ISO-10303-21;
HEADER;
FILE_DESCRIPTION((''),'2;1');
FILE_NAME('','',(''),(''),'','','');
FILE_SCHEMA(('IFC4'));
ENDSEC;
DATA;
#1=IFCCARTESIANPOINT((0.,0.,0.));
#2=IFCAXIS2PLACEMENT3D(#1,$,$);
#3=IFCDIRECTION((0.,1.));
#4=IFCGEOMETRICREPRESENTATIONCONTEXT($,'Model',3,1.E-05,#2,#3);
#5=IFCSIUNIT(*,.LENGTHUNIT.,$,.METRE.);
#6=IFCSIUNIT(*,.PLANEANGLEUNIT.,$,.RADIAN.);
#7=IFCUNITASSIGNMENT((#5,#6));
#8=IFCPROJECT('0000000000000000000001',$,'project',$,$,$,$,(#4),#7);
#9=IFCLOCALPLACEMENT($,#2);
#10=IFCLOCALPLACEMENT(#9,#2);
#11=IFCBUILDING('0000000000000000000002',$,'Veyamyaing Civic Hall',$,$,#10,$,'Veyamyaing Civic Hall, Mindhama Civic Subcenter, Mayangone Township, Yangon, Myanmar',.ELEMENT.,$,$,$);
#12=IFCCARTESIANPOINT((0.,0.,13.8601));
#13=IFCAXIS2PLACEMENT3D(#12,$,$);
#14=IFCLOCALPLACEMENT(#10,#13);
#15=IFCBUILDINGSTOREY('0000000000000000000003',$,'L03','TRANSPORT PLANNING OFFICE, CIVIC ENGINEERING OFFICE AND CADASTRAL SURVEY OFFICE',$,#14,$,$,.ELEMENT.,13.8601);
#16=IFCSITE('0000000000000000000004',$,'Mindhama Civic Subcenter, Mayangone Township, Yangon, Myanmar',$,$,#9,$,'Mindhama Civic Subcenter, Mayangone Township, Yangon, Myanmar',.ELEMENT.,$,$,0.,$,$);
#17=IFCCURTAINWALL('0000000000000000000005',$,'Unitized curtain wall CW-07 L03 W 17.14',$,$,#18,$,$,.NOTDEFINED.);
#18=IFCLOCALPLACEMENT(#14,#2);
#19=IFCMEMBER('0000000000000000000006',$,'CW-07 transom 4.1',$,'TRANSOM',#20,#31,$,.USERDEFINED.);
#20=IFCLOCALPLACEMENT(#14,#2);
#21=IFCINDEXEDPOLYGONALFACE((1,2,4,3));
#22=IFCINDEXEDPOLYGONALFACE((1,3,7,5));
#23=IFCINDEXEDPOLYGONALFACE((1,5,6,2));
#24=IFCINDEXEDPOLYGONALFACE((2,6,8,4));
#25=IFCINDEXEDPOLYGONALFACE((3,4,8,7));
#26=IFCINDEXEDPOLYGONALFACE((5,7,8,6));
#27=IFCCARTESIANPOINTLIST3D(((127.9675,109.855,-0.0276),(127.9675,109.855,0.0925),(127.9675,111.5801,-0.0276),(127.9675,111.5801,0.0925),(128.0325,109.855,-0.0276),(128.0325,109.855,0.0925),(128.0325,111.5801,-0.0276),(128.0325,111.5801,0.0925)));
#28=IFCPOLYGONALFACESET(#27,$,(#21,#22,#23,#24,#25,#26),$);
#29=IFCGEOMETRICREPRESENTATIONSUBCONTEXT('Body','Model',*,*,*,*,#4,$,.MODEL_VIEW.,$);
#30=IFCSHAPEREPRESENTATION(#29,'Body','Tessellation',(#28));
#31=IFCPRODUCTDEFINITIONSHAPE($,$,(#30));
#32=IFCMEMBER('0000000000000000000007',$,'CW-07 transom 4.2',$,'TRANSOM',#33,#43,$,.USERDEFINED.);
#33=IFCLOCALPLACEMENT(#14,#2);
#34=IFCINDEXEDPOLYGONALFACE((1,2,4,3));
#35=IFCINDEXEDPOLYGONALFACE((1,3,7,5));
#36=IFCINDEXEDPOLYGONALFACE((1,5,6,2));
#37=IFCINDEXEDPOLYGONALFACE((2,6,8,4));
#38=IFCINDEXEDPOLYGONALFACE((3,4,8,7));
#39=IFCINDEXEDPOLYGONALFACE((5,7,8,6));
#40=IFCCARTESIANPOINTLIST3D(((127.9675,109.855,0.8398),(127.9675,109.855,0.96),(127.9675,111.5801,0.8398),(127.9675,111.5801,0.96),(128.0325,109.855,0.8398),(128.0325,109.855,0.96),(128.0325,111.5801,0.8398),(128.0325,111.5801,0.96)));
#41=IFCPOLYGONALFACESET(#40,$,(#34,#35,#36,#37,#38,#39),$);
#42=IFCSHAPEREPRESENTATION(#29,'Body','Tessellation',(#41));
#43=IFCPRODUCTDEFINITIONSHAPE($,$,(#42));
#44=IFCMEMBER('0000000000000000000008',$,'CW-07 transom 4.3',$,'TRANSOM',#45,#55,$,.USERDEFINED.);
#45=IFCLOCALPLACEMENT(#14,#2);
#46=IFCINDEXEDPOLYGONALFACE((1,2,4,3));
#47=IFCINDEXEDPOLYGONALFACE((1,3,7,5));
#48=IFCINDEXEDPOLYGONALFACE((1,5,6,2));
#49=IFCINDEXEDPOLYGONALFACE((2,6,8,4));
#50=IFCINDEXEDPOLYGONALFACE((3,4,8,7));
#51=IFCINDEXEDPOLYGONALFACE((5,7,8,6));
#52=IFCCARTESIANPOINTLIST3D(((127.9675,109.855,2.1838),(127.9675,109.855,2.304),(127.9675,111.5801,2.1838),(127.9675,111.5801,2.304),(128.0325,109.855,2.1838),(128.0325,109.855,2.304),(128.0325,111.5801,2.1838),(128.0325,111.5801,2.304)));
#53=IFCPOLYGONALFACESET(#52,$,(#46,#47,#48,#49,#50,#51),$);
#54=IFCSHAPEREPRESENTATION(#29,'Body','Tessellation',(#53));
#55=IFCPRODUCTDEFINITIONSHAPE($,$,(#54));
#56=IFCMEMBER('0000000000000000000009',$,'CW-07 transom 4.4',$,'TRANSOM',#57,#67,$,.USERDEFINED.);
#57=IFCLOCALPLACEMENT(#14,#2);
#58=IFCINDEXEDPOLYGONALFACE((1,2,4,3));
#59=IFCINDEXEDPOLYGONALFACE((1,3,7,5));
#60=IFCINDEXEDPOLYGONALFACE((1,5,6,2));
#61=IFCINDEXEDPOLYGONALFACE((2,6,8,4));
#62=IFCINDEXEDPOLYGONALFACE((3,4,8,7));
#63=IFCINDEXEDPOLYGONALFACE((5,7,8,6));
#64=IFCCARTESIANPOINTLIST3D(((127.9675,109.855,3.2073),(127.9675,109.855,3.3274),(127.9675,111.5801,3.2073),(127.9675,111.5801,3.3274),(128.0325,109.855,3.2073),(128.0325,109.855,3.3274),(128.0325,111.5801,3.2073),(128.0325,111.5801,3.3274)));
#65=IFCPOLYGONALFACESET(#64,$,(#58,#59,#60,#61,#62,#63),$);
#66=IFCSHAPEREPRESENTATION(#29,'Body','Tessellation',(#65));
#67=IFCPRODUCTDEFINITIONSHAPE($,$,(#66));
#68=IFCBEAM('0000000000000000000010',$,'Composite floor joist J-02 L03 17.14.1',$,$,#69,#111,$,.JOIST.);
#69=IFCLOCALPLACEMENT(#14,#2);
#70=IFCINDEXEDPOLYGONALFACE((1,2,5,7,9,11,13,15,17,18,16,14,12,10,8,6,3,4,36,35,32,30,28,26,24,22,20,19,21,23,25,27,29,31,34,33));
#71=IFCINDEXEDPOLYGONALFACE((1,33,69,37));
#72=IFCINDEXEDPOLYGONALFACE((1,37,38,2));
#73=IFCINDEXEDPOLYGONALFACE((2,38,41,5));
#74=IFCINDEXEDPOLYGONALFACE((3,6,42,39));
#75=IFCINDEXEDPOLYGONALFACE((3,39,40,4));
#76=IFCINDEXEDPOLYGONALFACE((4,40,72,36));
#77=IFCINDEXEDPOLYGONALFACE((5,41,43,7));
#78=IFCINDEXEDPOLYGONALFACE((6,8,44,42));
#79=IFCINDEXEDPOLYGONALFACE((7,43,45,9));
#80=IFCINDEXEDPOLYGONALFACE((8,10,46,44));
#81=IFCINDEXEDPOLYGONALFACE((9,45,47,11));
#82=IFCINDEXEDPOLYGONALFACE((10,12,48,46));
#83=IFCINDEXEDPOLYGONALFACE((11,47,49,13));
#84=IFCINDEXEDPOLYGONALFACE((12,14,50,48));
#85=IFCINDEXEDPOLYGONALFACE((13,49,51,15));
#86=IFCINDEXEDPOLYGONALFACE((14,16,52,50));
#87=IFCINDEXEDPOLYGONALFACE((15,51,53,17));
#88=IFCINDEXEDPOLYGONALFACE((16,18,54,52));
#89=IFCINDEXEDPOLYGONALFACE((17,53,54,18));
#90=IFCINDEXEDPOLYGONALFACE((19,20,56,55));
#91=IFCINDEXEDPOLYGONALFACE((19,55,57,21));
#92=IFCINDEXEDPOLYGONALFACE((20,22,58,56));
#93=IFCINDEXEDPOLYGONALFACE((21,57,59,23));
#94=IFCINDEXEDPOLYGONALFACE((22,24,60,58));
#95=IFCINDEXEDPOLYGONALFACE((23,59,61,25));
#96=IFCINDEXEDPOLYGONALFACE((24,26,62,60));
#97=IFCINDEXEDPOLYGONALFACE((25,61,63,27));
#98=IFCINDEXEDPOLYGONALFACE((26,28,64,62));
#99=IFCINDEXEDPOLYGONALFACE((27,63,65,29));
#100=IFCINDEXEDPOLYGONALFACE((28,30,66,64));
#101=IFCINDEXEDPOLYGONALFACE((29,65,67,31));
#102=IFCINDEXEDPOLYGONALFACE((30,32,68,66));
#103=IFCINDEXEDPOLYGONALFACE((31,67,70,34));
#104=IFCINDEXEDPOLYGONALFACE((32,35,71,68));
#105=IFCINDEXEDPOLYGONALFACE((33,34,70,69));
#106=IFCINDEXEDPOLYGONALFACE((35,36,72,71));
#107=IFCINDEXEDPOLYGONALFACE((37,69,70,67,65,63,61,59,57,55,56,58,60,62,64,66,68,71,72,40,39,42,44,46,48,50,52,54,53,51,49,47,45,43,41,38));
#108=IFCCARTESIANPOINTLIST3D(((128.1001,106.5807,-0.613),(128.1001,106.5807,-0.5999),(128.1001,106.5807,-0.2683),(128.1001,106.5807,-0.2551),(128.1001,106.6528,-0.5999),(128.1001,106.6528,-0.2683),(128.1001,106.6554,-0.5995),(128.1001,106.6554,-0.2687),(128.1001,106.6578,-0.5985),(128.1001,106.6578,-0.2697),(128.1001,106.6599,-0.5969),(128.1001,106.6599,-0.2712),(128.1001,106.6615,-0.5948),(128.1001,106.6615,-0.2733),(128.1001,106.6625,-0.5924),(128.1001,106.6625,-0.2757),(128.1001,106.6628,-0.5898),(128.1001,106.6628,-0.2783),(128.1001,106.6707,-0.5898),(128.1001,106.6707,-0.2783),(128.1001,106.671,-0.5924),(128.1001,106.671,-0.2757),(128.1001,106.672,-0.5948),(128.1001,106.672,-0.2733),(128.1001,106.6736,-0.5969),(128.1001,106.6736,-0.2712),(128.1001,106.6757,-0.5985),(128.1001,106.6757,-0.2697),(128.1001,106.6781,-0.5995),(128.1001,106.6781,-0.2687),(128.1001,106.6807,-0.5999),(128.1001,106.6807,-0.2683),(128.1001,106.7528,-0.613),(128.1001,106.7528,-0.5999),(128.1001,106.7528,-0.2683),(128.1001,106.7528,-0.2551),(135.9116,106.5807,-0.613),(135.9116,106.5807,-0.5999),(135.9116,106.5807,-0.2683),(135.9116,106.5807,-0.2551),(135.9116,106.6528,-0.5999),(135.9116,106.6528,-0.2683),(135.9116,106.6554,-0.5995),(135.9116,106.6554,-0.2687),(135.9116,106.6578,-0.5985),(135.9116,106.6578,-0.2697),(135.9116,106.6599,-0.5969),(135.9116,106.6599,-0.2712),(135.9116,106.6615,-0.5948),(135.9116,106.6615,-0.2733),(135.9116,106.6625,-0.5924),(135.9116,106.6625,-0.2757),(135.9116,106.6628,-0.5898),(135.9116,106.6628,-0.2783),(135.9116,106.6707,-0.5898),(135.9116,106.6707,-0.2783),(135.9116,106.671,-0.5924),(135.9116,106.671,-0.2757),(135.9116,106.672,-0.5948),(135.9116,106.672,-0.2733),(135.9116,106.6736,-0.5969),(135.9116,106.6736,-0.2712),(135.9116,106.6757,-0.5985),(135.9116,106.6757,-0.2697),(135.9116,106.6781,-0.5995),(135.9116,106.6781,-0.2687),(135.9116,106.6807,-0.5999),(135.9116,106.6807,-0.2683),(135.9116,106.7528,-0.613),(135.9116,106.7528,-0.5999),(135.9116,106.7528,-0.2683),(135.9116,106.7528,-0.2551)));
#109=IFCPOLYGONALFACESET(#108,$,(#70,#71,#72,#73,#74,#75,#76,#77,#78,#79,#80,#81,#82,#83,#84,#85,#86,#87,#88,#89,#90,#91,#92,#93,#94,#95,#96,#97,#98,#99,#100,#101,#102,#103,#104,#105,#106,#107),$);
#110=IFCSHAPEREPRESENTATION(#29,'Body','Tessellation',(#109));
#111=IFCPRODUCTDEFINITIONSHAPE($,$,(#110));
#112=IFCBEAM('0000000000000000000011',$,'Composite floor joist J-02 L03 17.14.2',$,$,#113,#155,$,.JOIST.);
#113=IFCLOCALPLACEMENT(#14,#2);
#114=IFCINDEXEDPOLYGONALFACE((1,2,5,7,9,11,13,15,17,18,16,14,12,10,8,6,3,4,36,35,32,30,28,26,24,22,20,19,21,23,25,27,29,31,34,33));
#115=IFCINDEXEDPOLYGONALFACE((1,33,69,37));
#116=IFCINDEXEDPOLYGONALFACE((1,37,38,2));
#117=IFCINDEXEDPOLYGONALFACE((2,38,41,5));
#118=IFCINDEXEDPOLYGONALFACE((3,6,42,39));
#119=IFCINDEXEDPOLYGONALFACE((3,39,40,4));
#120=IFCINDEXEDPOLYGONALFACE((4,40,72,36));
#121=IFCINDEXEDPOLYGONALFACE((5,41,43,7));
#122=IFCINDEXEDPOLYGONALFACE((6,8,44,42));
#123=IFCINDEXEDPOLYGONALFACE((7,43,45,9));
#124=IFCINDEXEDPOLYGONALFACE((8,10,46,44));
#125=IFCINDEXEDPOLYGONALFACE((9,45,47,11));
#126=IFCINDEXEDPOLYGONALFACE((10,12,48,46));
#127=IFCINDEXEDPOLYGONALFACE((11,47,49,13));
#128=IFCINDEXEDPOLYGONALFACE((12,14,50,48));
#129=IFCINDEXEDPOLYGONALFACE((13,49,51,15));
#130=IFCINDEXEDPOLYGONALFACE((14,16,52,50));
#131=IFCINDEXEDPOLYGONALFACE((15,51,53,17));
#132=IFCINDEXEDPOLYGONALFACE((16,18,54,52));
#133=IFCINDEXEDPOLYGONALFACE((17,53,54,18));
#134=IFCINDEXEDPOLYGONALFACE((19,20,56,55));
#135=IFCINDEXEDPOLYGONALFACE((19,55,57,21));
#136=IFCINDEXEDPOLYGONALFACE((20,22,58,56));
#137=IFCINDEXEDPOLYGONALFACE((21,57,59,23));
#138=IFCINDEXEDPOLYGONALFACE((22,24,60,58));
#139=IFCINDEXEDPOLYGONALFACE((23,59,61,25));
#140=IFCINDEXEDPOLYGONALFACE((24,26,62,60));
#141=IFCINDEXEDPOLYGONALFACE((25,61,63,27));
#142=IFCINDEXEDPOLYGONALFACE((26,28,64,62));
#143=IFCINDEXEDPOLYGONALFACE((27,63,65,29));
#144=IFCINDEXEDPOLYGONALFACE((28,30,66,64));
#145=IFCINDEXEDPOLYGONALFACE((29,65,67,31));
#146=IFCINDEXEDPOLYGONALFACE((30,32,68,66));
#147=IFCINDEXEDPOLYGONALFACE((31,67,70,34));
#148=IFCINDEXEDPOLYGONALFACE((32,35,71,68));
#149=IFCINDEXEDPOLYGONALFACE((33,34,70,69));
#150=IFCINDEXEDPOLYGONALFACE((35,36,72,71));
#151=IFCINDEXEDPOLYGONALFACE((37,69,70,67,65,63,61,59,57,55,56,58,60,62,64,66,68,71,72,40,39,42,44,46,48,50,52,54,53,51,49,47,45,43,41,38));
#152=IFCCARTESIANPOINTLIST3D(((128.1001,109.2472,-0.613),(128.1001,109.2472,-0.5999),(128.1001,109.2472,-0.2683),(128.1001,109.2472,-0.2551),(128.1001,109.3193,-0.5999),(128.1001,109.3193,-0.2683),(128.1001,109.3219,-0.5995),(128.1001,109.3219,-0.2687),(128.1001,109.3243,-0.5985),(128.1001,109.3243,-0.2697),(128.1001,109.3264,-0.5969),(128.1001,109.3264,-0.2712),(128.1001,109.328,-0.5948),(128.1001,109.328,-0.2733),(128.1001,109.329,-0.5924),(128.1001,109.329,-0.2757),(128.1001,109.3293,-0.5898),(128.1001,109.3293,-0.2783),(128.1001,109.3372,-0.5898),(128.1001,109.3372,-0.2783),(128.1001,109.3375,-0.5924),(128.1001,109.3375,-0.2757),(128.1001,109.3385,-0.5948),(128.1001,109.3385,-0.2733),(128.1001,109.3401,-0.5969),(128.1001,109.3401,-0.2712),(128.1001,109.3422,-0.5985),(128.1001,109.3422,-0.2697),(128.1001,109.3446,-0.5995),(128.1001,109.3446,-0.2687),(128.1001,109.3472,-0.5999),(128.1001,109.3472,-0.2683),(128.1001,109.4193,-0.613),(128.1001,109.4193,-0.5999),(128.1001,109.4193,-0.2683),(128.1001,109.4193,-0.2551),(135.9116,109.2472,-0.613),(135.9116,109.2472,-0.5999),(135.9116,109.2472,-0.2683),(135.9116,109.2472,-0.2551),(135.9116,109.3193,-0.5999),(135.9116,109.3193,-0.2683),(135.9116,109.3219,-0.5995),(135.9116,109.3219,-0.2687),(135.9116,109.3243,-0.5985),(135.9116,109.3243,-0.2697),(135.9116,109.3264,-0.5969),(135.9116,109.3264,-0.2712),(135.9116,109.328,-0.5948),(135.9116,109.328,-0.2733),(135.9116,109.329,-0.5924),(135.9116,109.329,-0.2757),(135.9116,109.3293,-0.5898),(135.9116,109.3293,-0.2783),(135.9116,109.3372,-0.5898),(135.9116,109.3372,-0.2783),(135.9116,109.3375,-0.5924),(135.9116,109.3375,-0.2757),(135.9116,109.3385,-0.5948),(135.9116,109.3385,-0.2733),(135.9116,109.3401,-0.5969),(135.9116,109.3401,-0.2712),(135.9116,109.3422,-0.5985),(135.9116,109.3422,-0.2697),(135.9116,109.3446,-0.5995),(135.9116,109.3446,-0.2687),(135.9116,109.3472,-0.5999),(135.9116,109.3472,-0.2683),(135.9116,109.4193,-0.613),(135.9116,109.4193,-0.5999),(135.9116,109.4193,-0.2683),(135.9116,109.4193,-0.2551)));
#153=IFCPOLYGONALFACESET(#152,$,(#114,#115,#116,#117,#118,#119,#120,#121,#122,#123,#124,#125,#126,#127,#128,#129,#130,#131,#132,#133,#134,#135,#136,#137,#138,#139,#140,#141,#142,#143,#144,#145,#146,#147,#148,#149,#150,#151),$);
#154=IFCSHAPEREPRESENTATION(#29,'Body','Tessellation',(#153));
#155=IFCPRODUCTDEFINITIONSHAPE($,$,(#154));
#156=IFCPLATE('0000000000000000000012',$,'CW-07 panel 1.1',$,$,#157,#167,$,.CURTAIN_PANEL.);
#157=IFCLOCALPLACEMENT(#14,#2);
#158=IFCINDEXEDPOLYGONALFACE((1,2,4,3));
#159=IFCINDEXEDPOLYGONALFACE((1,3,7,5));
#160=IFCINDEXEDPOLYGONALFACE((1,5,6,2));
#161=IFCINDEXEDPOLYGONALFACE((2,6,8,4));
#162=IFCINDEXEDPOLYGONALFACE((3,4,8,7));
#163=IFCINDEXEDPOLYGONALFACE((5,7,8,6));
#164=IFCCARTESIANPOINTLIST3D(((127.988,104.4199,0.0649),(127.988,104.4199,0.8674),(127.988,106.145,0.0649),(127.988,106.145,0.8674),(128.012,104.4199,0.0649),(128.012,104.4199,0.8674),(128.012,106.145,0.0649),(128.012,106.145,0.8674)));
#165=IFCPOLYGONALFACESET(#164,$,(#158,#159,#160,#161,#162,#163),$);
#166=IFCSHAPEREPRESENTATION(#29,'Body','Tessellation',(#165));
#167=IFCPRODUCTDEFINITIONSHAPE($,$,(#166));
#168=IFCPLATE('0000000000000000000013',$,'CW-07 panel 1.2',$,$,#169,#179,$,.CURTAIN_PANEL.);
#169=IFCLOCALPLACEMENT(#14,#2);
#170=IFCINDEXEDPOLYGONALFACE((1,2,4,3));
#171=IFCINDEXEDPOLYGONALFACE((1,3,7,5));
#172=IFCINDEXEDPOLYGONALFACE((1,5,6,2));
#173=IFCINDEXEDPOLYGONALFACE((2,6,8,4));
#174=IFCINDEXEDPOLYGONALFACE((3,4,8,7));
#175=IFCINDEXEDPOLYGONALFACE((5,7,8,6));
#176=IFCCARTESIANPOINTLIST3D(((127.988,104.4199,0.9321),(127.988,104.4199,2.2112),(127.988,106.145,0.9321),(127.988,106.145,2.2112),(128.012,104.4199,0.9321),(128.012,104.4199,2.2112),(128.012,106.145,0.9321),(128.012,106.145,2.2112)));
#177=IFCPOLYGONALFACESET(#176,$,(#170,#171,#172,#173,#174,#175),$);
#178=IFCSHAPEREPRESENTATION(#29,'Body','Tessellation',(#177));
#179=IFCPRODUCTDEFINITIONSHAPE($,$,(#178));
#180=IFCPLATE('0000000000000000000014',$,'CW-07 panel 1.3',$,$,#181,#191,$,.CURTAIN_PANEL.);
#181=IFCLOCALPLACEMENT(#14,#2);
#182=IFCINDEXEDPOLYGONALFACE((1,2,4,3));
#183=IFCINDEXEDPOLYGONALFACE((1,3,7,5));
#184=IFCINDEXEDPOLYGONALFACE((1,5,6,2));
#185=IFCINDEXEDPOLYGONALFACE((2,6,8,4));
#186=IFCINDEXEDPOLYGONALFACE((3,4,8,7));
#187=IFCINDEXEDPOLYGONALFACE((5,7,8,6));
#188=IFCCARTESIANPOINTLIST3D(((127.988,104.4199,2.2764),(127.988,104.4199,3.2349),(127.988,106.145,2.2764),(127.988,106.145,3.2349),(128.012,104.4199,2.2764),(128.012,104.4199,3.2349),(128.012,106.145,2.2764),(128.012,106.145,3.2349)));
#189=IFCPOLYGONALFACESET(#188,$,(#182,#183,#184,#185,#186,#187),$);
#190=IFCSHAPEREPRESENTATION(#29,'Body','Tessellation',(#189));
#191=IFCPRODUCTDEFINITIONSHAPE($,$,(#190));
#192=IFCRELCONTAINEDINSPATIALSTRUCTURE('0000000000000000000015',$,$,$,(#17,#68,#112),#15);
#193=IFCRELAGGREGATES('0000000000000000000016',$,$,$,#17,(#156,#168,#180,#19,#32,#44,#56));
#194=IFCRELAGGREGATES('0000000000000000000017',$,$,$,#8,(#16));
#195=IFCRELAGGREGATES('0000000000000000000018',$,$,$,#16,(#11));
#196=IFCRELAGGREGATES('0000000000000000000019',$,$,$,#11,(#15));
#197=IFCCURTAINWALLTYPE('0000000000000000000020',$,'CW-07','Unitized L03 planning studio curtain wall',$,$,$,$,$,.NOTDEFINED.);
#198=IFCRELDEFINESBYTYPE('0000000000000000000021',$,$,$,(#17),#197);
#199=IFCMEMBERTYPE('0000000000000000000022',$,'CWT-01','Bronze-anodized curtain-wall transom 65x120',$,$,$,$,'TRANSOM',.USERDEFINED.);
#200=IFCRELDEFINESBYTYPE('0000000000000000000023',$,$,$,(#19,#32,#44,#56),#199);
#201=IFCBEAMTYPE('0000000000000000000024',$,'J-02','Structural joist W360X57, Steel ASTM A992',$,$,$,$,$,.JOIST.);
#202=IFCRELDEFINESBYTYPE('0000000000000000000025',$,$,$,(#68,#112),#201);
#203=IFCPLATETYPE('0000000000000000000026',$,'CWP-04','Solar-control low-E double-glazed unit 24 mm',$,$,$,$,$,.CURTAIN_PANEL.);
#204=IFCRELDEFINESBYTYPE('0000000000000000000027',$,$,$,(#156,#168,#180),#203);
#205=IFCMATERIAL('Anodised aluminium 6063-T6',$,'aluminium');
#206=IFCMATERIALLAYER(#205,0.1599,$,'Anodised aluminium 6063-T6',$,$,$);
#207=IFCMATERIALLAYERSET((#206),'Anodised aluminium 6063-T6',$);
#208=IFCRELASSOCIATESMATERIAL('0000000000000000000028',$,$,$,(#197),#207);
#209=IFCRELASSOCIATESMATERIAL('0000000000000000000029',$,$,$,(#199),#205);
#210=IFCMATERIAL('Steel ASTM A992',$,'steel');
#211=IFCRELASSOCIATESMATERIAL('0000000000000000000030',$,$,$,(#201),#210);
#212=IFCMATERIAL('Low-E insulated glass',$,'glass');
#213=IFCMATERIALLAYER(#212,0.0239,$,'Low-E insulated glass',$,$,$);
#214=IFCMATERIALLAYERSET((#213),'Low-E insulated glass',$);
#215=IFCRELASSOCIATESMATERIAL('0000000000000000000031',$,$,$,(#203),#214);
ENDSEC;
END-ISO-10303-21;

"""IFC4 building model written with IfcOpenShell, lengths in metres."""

from ifc_helpers import new_model, si_unit, direction, frame, origin, origin_2d, place, context, subcontext, project, spatial, rectangle, i_section, extrude, material, layer, layer_set, material_profile, profile_set, type_object, element, aggregate, save


model = new_model("IFC4")

# Units and contexts
model_context = context("Model", 3, precision=1e-05, world=origin(), true_north=direction((0.0, 1.0)))
body_context = subcontext(model_context, "Body", "Model", "MODEL_VIEW")
ifc_project = project(units=[si_unit("LENGTHUNIT", "METRE"), si_unit("PLANEANGLEUNIT", "RADIAN")], contexts=[model_context])

# Site, building, storey
site_placement = place(None, origin())
site = spatial("IfcSite", under=ifc_project, at=site_placement, Name="Mindhama Civic Subcenter, Mayangone Township, Yangon, Myanmar", LongName="Mindhama Civic Subcenter, Mayangone Township, Yangon, Myanmar", CompositionType="ELEMENT", RefElevation=0.0)
building_placement = place(site_placement, origin())
building = spatial("IfcBuilding", under=site, at=building_placement, Name="Veyamyaing Civic Hall", LongName="Veyamyaing Civic Hall, Mindhama Civic Subcenter, Mayangone Township, Yangon, Myanmar", CompositionType="ELEMENT")
storey_placement = place(building_placement, frame((0.0, 0.0, 13.8601)))
storey = spatial("IfcBuildingStorey", under=building, at=storey_placement, Name="L03", Description="TRANSPORT PLANNING OFFICE, CIVIC ENGINEERING OFFICE AND CADASTRAL SURVEY OFFICE", CompositionType="ELEMENT", Elevation=13.8601)

# Curtain wall, members
ifc_material_1 = material(Name="Anodised aluminium 6063-T6", Category="aluminium")
ifc_layer_1 = layer(ifc_material_1, 0.1599, Name="Anodised aluminium 6063-T6")
ifc_layer_set_1 = layer_set([ifc_layer_1], Name="Anodised aluminium 6063-T6")
curtain_wall_type = type_object("IfcCurtainWallType", Name="CW-07", Description="Unitized L03 planning studio curtain wall", PredefinedType="NOTDEFINED", material=ifc_layer_set_1)
curtain_wall_placement = place(storey_placement, origin())
curtain_wall = element("IfcCurtainWall", 1, at=curtain_wall_placement, inside=storey, type_object=curtain_wall_type, Name="Unitized curtain wall CW-07 L03 W 17.14", PredefinedType="NOTDEFINED")
ifc_material_profile_1 = material_profile(ifc_material_1, rectangle(XDim=0.0649, YDim=0.1201, at=origin_2d()), Name="ALU-TRN-65X120")
ifc_profile_set_1 = profile_set([ifc_material_profile_1], Name="Anodised aluminium 6063-T6")
member_type_1 = type_object("IfcMemberType", Name="CWT-01", Description="Bronze-anodized curtain-wall transom 65x120", ElementType="TRANSOM", PredefinedType="USERDEFINED", material=ifc_profile_set_1)
member_1_placement = place(storey_placement, frame((128.0, 109.855, 0.0325), z_axis=(0.0, 1.0, 0.0), x_axis=(-1.0, 0.0, 0.0)))
member_1 = element("IfcMember", 2, at=member_1_placement, type_object=member_type_1, Name="CW-07 transom 4.1", ObjectType="TRANSOM", PredefinedType="USERDEFINED", context=body_context, shape_type="SweptSolid", body=[
    extrude(rectangle(XDim=0.0649, YDim=0.1201, at=origin_2d()), origin(), (0.0, 0.0, 1.0), 1.7251),
])
member_2_placement = place(storey_placement, frame((128.0, 109.855, 0.8999), z_axis=(0.0, 1.0, 0.0), x_axis=(-1.0, 0.0, 0.0)))
member_2 = element("IfcMember", 3, at=member_2_placement, type_object=member_type_1, Name="CW-07 transom 4.2", ObjectType="TRANSOM", PredefinedType="USERDEFINED", context=body_context, shape_type="SweptSolid", body=[
    extrude(rectangle(XDim=0.0649, YDim=0.1201, at=origin_2d()), origin(), (0.0, 0.0, 1.0), 1.7251),
])
member_3_placement = place(storey_placement, frame((128.0, 109.855, 2.2439), z_axis=(0.0, 1.0, 0.0), x_axis=(-1.0, 0.0, 0.0)))
member_3 = element("IfcMember", 4, at=member_3_placement, type_object=member_type_1, Name="CW-07 transom 4.3", ObjectType="TRANSOM", PredefinedType="USERDEFINED", context=body_context, shape_type="SweptSolid", body=[
    extrude(rectangle(XDim=0.0649, YDim=0.1201, at=origin_2d()), origin(), (0.0, 0.0, 1.0), 1.7251),
])
member_4_placement = place(storey_placement, frame((128.0, 109.855, 3.2673), z_axis=(0.0, 1.0, 0.0), x_axis=(-1.0, 0.0, 0.0)))
member_4 = element("IfcMember", 5, at=member_4_placement, type_object=member_type_1, Name="CW-07 transom 4.4", ObjectType="TRANSOM", PredefinedType="USERDEFINED", context=body_context, shape_type="SweptSolid", body=[
    extrude(rectangle(XDim=0.0649, YDim=0.1201, at=origin_2d()), origin(), (0.0, 0.0, 1.0), 1.7251),
])

# Beams
ifc_material_2 = material(Name="Steel ASTM A992", Category="steel")
ifc_material_profile_2 = material_profile(ifc_material_2, i_section(OverallWidth=0.1721, OverallDepth=0.3579, WebThickness=0.0078, FlangeThickness=0.0132, FilletRadius=0.01, at=origin_2d()), Name="W360X57")
ifc_profile_set_2 = profile_set([ifc_material_profile_2], Name="Steel ASTM A992")
beam_type = type_object("IfcBeamType", Name="J-02", Description="Structural joist W360X57, Steel ASTM A992", PredefinedType="JOIST", material=ifc_profile_set_2)
for number, where, z_axis, x_axis, name in (
    (6, (128.1001, 106.6667, -0.4341), (1.0, 0.0, 0.0), (0.0, 1.0, 0.0), "Composite floor joist J-02 L03 17.14.1"),
    (7, (128.1001, 109.3333, -0.4341), (1.0, 0.0, 0.0), (0.0, 1.0, 0.0), "Composite floor joist J-02 L03 17.14.2"),
):
    element("IfcBeam", number, at=place(storey_placement, frame(where, z_axis=z_axis, x_axis=x_axis)), inside=storey, type_object=beam_type, Name=name, PredefinedType="JOIST", context=body_context, shape_type="SweptSolid", body=[
        extrude(i_section(OverallWidth=0.1721, OverallDepth=0.3579, WebThickness=0.0078, FlangeThickness=0.0132, FilletRadius=0.01, at=origin_2d()), origin(), (0.0, 0.0, 1.0), 7.8115),
    ])

# Plates
ifc_material_3 = material(Name="Low-E insulated glass", Category="glass")
ifc_layer_2 = layer(ifc_material_3, 0.0239, Name="Low-E insulated glass")
ifc_layer_set_2 = layer_set([ifc_layer_2], Name="Low-E insulated glass")
plate_type = type_object("IfcPlateType", Name="CWP-04", Description="Solar-control low-E double-glazed unit 24 mm", PredefinedType="CURTAIN_PANEL", material=ifc_layer_set_2)
plate_1_placement = place(storey_placement, frame((128.0, 105.2825, 0.0649), z_axis=(0.0, 0.0, 1.0), x_axis=(0.0, 1.0, 0.0)))
plate_1 = element("IfcPlate", 8, at=plate_1_placement, type_object=plate_type, Name="CW-07 panel 1.1", PredefinedType="CURTAIN_PANEL", context=body_context, shape_type="SweptSolid", body=[
    extrude(rectangle(XDim=1.7251, YDim=0.0239, at=origin_2d()), origin(), (0.0, 0.0, 1.0), 0.8025),
])
plate_2_placement = place(storey_placement, frame((128.0, 105.2825, 0.9321), z_axis=(0.0, 0.0, 1.0), x_axis=(0.0, 1.0, 0.0)))
plate_2 = element("IfcPlate", 9, at=plate_2_placement, type_object=plate_type, Name="CW-07 panel 1.2", PredefinedType="CURTAIN_PANEL", context=body_context, shape_type="SweptSolid", body=[
    extrude(rectangle(XDim=1.7251, YDim=0.0239, at=origin_2d()), origin(), (0.0, 0.0, 1.0), 1.2791),
])
plate_3_placement = place(storey_placement, frame((128.0, 105.2825, 2.2764), z_axis=(0.0, 0.0, 1.0), x_axis=(0.0, 1.0, 0.0)))
plate_3 = element("IfcPlate", 10, at=plate_3_placement, type_object=plate_type, Name="CW-07 panel 1.3", PredefinedType="CURTAIN_PANEL", context=body_context, shape_type="SweptSolid", body=[
    extrude(rectangle(XDim=1.7251, YDim=0.0239, at=origin_2d()), origin(), (0.0, 0.0, 1.0), 0.9585),
])
aggregate(curtain_wall, [plate_1, plate_2, plate_3, member_1, member_2, member_3, member_4])

save(model, "model.ifc")
